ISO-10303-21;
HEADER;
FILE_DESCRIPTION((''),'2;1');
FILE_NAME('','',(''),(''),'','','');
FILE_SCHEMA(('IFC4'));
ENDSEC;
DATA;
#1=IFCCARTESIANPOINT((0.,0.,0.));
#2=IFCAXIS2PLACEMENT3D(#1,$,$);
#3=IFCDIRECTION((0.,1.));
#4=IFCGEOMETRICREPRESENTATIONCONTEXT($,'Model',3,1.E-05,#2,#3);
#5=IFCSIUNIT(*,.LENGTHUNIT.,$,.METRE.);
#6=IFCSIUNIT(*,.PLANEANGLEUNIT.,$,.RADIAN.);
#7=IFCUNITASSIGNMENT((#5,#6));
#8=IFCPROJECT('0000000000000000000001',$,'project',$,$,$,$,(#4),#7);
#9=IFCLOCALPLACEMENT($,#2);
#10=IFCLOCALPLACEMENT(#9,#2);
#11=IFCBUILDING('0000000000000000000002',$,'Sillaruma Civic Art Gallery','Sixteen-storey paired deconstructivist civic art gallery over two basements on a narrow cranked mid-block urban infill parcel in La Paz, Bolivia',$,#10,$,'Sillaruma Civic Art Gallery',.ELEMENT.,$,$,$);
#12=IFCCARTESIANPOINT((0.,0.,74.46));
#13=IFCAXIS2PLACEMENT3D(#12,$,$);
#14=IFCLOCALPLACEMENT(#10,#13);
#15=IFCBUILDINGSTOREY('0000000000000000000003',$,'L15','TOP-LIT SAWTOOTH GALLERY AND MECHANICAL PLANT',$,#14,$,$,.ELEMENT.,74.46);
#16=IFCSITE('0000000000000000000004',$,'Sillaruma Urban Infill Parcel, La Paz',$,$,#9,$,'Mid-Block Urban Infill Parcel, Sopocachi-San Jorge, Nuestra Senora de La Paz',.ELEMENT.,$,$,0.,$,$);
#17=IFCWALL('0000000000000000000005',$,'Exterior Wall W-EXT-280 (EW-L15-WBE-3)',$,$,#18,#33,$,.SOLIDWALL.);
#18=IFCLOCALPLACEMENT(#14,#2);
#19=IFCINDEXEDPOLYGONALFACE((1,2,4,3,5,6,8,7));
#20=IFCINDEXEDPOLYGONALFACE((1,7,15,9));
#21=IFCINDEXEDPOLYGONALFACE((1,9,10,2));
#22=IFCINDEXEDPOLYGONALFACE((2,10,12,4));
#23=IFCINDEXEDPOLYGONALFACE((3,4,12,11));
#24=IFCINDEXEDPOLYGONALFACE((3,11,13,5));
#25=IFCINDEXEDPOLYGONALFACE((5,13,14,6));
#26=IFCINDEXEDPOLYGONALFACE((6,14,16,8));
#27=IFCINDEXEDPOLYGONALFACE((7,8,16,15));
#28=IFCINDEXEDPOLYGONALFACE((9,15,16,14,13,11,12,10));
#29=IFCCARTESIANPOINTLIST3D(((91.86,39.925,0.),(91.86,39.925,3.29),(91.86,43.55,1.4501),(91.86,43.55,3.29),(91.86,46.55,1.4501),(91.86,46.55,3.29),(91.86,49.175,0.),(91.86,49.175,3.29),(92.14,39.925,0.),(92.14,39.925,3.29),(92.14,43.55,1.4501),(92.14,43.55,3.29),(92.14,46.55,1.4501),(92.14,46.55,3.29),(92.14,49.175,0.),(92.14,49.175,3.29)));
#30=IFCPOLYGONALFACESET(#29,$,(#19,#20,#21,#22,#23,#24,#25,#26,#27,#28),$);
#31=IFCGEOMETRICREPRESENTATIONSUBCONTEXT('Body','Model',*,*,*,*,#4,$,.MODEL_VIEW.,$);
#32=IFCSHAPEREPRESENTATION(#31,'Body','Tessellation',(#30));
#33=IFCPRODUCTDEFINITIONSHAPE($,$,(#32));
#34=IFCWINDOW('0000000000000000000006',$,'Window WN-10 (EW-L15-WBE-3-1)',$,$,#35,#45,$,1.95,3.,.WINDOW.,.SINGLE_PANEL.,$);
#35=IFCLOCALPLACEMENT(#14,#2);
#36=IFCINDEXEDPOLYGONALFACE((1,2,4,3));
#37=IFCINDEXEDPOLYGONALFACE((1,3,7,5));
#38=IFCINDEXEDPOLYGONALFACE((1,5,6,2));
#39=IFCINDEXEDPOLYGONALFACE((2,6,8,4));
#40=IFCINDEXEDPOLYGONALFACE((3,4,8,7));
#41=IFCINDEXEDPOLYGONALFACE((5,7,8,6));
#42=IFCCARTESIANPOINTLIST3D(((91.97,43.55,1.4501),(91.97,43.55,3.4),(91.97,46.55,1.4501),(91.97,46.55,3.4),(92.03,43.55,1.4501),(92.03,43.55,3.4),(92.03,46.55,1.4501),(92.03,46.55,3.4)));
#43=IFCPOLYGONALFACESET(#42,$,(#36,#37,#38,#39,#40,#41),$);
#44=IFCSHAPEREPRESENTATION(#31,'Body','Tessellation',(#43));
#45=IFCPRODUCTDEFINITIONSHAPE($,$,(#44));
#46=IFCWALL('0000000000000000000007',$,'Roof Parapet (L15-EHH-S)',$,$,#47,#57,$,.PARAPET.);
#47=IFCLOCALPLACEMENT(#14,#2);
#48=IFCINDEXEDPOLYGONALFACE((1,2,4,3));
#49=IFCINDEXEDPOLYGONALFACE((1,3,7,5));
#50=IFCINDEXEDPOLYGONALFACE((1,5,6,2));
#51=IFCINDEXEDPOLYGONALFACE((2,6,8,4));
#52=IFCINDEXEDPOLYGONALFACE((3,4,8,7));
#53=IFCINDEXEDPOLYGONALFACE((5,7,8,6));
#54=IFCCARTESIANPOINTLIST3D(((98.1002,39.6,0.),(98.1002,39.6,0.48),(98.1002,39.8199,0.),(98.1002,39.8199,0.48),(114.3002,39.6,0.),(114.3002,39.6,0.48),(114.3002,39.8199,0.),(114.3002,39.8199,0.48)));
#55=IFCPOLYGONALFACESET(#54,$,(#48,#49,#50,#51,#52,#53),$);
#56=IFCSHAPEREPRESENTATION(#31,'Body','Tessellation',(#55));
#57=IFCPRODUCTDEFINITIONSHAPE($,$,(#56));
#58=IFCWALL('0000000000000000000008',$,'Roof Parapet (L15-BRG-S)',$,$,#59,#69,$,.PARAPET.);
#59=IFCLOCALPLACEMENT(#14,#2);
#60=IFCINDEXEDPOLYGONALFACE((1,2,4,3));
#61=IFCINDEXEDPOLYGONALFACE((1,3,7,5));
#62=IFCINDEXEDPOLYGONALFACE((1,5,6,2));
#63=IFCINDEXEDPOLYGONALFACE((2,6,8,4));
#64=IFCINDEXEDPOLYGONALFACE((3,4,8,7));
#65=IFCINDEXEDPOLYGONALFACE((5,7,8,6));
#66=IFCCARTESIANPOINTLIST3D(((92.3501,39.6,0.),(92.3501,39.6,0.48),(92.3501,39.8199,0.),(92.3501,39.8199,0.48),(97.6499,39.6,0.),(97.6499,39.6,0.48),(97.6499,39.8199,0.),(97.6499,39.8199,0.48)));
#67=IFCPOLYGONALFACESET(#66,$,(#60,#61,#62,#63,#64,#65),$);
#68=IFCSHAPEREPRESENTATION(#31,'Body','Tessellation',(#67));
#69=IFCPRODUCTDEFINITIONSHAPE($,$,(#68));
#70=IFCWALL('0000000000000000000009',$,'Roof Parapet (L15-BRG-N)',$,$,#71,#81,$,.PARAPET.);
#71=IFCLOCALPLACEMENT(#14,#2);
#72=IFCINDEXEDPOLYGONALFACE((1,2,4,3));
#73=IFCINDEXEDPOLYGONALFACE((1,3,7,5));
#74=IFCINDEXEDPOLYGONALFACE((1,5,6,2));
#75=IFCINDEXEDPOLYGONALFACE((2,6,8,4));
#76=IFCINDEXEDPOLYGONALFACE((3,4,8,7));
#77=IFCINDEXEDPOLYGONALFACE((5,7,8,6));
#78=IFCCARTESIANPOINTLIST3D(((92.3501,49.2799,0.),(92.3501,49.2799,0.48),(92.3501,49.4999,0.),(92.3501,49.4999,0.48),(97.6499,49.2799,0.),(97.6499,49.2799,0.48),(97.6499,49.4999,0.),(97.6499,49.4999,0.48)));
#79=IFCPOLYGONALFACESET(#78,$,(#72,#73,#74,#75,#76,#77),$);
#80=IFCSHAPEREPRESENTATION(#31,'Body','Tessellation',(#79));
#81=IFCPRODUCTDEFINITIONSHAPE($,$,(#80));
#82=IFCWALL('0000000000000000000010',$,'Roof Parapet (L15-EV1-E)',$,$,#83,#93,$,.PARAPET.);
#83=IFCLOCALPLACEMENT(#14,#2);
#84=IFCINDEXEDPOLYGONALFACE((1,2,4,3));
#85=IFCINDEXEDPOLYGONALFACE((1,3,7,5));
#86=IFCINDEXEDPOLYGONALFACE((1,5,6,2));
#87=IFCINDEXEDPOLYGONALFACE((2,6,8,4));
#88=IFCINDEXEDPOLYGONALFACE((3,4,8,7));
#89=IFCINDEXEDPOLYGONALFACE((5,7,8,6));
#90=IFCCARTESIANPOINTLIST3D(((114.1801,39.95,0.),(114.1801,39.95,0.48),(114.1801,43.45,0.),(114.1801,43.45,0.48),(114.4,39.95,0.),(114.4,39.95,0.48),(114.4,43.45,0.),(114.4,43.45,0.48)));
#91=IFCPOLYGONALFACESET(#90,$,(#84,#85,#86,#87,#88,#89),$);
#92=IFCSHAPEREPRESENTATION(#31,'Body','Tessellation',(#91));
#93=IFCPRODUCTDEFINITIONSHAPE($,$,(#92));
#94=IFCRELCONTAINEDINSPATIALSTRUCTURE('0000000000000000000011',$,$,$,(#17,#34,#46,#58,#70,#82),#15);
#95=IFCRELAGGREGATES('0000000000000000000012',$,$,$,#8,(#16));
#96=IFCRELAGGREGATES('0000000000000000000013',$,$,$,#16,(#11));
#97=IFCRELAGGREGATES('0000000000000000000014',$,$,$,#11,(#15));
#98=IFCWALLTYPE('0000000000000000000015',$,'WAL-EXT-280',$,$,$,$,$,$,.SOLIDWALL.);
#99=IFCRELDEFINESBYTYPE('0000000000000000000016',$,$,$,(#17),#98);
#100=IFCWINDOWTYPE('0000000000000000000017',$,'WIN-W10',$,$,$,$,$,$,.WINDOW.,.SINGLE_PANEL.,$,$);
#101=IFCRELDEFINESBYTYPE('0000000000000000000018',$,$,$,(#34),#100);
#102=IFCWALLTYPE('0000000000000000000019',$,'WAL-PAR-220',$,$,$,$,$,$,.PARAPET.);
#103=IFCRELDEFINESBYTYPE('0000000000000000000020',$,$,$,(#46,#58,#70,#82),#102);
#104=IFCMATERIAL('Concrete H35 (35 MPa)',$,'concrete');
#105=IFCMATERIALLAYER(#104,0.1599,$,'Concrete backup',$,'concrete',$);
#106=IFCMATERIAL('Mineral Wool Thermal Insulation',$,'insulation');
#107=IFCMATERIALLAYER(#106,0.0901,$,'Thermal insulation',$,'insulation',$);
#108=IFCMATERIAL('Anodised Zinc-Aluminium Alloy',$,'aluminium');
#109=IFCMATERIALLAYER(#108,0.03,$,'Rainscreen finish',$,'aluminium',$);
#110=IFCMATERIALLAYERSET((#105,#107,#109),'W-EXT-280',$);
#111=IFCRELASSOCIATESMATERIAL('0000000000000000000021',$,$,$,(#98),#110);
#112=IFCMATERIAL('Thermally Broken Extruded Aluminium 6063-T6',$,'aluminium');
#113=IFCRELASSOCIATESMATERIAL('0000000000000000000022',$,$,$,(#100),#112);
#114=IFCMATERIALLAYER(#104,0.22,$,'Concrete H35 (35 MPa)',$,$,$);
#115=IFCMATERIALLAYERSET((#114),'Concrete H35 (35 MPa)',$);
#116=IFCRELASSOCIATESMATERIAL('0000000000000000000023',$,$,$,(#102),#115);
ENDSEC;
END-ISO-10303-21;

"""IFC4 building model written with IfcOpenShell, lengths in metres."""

from ifc_helpers import new_model, si_unit, direction, frame, frame_2d, origin, place, context, subcontext, project, spatial, rectangle, extrude, material, layer, layer_set, type_object, element, fill, save


model = new_model("IFC4")

# Units and contexts
model_context = context("Model", 3, precision=1e-05, world=origin(), true_north=direction((0.0, 1.0)))
body_context = subcontext(model_context, "Body", "Model", "MODEL_VIEW")
ifc_project = project(units=[si_unit("LENGTHUNIT", "METRE"), si_unit("PLANEANGLEUNIT", "RADIAN")], contexts=[model_context])

# Site, building, storey
site_placement = place(None, origin())
site = spatial("IfcSite", under=ifc_project, at=site_placement, Name="Sillaruma Urban Infill Parcel, La Paz", LongName="Mid-Block Urban Infill Parcel, Sopocachi-San Jorge, Nuestra Senora de La Paz", CompositionType="ELEMENT", RefElevation=0.0)
building_placement = place(site_placement, origin())
building = spatial("IfcBuilding", under=site, at=building_placement, Name="Sillaruma Civic Art Gallery", Description="Sixteen-storey paired deconstructivist civic art gallery over two basements on a narrow cranked mid-block urban infill parcel in La Paz, Bolivia", LongName="Sillaruma Civic Art Gallery", CompositionType="ELEMENT")
storey_placement = place(building_placement, frame((0.0, 0.0, 74.46)))
storey = spatial("IfcBuildingStorey", under=building, at=storey_placement, Name="L15", Description="TOP-LIT SAWTOOTH GALLERY AND MECHANICAL PLANT", CompositionType="ELEMENT", Elevation=74.46)

# Shared definitions
ifc_material_1 = material(Name="Concrete H35 (35 MPa)", Category="concrete")

# Shared definitions
ifc_material_2 = material(Name="Mineral Wool Thermal Insulation", Category="insulation")
ifc_material_3 = material(Name="Anodised Zinc-Aluminium Alloy", Category="aluminium")
ifc_layer_1 = layer(ifc_material_1, 0.1599, Name="Concrete backup", Category="concrete")
ifc_layer_2 = layer(ifc_material_2, 0.0901, Name="Thermal insulation", Category="insulation")
ifc_layer_3 = layer(ifc_material_3, 0.03, Name="Rainscreen finish", Category="aluminium")
ifc_layer_set_1 = layer_set([ifc_layer_1, ifc_layer_2, ifc_layer_3], Name="W-EXT-280")
wall_type_1 = type_object("IfcWallType", Name="WAL-EXT-280", PredefinedType="SOLIDWALL", material=ifc_layer_set_1)

# Wall, opening, window
ifc_material_4 = material(Name="Thermally Broken Extruded Aluminium 6063-T6", Category="aluminium")
wall_1_placement = place(storey_placement, frame((92.0, 39.925, 0.0), z_axis=(0.0, 0.0, 1.0), x_axis=(0.0, 1.0, 0.0)))
wall_1 = element("IfcWall", 1, at=wall_1_placement, inside=storey, type_object=wall_type_1, Name="Exterior Wall W-EXT-280 (EW-L15-WBE-3)", PredefinedType="SOLIDWALL", context=body_context, shape_type="SweptSolid", body=[
    extrude(rectangle(XDim=9.25, YDim=0.28, at=frame_2d((4.625, 0.0))), origin(), (0.0, 0.0, 1.0), 3.29),
])
opening_1_placement = place(wall_1_placement, frame((3.625, 0.0, 1.45)))
opening_1 = element("IfcOpeningElement", 2, at=opening_1_placement, cuts=wall_1, PredefinedType="OPENING", context=body_context, shape_type="SweptSolid", body=[
    extrude(rectangle(XDim=3.0, YDim=1.95, at=frame_2d((1.5, 0.9751))), frame((0.0, 0.1499, 0.0), z_axis=(0.0, -1.0, 0.0), x_axis=(1.0, 0.0, 0.0)), (0.0, 0.0, 1.0), 0.3),
])
window_type_1 = type_object("IfcWindowType", Name="WIN-W10", PartitioningType="SINGLE_PANEL", PredefinedType="WINDOW", material=ifc_material_4)
window_1_placement = place(opening_1_placement, origin())
window_1 = element("IfcWindow", 3, at=window_1_placement, inside=storey, type_object=window_type_1, Name="Window WN-10 (EW-L15-WBE-3-1)", OverallHeight=1.95, OverallWidth=3.0, PartitioningType="SINGLE_PANEL", PredefinedType="WINDOW", context=body_context, shape_type="SweptSolid", body=[
    extrude(rectangle(XDim=3.0, YDim=1.95, at=frame_2d((1.5, 0.9751))), frame((0.0, 0.03, 0.0), z_axis=(0.0, -1.0, 0.0), x_axis=(1.0, 0.0, 0.0)), (0.0, 0.0, 1.0), 0.0601),
])
fill(opening_1, window_1)

# Walls
ifc_layer_4 = layer(ifc_material_1, 0.22, Name="Concrete H35 (35 MPa)")
ifc_layer_set_2 = layer_set([ifc_layer_4], Name="Concrete H35 (35 MPa)")
wall_type_2 = type_object("IfcWallType", Name="WAL-PAR-220", PredefinedType="PARAPET", material=ifc_layer_set_2)
wall_2_placement = place(storey_placement, frame((98.1001, 39.71, 0.0), z_axis=(0.0, 0.0, 1.0), x_axis=(1.0, 0.0, 0.0)))
element("IfcWall", 4, at=wall_2_placement, inside=storey, type_object=wall_type_2, Name="Roof Parapet (L15-EHH-S)", PredefinedType="PARAPET", context=body_context, shape_type="SweptSolid", body=[
    extrude(rectangle(XDim=16.2, YDim=0.22, at=frame_2d((8.1001, 0.0))), origin(), (0.0, 0.0, 1.0), 0.48),
])
for number, where, z_axis, x_axis, name in (
    (5, (92.3501, 39.71, 0.0), (0.0, 0.0, 1.0), (1.0, 0.0, 0.0), "Roof Parapet (L15-BRG-S)"),
    (6, (92.3501, 49.3899, 0.0), (0.0, 0.0, 1.0), (1.0, 0.0, 0.0), "Roof Parapet (L15-BRG-N)"),
):
    element("IfcWall", number, at=place(storey_placement, frame(where, z_axis=z_axis, x_axis=x_axis)), inside=storey, type_object=wall_type_2, Name=name, PredefinedType="PARAPET", context=body_context, shape_type="SweptSolid", body=[
        extrude(rectangle(XDim=5.2998, YDim=0.22, at=frame_2d((2.6499, 0.0))), origin(), (0.0, 0.0, 1.0), 0.48),
    ])
wall_3_placement = place(storey_placement, frame((114.29, 39.95, 0.0), z_axis=(0.0, 0.0, 1.0), x_axis=(0.0, 1.0, 0.0)))
element("IfcWall", 7, at=wall_3_placement, inside=storey, type_object=wall_type_2, Name="Roof Parapet (L15-EV1-E)", PredefinedType="PARAPET", context=body_context, shape_type="SweptSolid", body=[
    extrude(rectangle(XDim=3.5, YDim=0.22, at=frame_2d((1.75, 0.0))), origin(), (0.0, 0.0, 1.0), 0.48),
])

save(model, "model.ifc")
